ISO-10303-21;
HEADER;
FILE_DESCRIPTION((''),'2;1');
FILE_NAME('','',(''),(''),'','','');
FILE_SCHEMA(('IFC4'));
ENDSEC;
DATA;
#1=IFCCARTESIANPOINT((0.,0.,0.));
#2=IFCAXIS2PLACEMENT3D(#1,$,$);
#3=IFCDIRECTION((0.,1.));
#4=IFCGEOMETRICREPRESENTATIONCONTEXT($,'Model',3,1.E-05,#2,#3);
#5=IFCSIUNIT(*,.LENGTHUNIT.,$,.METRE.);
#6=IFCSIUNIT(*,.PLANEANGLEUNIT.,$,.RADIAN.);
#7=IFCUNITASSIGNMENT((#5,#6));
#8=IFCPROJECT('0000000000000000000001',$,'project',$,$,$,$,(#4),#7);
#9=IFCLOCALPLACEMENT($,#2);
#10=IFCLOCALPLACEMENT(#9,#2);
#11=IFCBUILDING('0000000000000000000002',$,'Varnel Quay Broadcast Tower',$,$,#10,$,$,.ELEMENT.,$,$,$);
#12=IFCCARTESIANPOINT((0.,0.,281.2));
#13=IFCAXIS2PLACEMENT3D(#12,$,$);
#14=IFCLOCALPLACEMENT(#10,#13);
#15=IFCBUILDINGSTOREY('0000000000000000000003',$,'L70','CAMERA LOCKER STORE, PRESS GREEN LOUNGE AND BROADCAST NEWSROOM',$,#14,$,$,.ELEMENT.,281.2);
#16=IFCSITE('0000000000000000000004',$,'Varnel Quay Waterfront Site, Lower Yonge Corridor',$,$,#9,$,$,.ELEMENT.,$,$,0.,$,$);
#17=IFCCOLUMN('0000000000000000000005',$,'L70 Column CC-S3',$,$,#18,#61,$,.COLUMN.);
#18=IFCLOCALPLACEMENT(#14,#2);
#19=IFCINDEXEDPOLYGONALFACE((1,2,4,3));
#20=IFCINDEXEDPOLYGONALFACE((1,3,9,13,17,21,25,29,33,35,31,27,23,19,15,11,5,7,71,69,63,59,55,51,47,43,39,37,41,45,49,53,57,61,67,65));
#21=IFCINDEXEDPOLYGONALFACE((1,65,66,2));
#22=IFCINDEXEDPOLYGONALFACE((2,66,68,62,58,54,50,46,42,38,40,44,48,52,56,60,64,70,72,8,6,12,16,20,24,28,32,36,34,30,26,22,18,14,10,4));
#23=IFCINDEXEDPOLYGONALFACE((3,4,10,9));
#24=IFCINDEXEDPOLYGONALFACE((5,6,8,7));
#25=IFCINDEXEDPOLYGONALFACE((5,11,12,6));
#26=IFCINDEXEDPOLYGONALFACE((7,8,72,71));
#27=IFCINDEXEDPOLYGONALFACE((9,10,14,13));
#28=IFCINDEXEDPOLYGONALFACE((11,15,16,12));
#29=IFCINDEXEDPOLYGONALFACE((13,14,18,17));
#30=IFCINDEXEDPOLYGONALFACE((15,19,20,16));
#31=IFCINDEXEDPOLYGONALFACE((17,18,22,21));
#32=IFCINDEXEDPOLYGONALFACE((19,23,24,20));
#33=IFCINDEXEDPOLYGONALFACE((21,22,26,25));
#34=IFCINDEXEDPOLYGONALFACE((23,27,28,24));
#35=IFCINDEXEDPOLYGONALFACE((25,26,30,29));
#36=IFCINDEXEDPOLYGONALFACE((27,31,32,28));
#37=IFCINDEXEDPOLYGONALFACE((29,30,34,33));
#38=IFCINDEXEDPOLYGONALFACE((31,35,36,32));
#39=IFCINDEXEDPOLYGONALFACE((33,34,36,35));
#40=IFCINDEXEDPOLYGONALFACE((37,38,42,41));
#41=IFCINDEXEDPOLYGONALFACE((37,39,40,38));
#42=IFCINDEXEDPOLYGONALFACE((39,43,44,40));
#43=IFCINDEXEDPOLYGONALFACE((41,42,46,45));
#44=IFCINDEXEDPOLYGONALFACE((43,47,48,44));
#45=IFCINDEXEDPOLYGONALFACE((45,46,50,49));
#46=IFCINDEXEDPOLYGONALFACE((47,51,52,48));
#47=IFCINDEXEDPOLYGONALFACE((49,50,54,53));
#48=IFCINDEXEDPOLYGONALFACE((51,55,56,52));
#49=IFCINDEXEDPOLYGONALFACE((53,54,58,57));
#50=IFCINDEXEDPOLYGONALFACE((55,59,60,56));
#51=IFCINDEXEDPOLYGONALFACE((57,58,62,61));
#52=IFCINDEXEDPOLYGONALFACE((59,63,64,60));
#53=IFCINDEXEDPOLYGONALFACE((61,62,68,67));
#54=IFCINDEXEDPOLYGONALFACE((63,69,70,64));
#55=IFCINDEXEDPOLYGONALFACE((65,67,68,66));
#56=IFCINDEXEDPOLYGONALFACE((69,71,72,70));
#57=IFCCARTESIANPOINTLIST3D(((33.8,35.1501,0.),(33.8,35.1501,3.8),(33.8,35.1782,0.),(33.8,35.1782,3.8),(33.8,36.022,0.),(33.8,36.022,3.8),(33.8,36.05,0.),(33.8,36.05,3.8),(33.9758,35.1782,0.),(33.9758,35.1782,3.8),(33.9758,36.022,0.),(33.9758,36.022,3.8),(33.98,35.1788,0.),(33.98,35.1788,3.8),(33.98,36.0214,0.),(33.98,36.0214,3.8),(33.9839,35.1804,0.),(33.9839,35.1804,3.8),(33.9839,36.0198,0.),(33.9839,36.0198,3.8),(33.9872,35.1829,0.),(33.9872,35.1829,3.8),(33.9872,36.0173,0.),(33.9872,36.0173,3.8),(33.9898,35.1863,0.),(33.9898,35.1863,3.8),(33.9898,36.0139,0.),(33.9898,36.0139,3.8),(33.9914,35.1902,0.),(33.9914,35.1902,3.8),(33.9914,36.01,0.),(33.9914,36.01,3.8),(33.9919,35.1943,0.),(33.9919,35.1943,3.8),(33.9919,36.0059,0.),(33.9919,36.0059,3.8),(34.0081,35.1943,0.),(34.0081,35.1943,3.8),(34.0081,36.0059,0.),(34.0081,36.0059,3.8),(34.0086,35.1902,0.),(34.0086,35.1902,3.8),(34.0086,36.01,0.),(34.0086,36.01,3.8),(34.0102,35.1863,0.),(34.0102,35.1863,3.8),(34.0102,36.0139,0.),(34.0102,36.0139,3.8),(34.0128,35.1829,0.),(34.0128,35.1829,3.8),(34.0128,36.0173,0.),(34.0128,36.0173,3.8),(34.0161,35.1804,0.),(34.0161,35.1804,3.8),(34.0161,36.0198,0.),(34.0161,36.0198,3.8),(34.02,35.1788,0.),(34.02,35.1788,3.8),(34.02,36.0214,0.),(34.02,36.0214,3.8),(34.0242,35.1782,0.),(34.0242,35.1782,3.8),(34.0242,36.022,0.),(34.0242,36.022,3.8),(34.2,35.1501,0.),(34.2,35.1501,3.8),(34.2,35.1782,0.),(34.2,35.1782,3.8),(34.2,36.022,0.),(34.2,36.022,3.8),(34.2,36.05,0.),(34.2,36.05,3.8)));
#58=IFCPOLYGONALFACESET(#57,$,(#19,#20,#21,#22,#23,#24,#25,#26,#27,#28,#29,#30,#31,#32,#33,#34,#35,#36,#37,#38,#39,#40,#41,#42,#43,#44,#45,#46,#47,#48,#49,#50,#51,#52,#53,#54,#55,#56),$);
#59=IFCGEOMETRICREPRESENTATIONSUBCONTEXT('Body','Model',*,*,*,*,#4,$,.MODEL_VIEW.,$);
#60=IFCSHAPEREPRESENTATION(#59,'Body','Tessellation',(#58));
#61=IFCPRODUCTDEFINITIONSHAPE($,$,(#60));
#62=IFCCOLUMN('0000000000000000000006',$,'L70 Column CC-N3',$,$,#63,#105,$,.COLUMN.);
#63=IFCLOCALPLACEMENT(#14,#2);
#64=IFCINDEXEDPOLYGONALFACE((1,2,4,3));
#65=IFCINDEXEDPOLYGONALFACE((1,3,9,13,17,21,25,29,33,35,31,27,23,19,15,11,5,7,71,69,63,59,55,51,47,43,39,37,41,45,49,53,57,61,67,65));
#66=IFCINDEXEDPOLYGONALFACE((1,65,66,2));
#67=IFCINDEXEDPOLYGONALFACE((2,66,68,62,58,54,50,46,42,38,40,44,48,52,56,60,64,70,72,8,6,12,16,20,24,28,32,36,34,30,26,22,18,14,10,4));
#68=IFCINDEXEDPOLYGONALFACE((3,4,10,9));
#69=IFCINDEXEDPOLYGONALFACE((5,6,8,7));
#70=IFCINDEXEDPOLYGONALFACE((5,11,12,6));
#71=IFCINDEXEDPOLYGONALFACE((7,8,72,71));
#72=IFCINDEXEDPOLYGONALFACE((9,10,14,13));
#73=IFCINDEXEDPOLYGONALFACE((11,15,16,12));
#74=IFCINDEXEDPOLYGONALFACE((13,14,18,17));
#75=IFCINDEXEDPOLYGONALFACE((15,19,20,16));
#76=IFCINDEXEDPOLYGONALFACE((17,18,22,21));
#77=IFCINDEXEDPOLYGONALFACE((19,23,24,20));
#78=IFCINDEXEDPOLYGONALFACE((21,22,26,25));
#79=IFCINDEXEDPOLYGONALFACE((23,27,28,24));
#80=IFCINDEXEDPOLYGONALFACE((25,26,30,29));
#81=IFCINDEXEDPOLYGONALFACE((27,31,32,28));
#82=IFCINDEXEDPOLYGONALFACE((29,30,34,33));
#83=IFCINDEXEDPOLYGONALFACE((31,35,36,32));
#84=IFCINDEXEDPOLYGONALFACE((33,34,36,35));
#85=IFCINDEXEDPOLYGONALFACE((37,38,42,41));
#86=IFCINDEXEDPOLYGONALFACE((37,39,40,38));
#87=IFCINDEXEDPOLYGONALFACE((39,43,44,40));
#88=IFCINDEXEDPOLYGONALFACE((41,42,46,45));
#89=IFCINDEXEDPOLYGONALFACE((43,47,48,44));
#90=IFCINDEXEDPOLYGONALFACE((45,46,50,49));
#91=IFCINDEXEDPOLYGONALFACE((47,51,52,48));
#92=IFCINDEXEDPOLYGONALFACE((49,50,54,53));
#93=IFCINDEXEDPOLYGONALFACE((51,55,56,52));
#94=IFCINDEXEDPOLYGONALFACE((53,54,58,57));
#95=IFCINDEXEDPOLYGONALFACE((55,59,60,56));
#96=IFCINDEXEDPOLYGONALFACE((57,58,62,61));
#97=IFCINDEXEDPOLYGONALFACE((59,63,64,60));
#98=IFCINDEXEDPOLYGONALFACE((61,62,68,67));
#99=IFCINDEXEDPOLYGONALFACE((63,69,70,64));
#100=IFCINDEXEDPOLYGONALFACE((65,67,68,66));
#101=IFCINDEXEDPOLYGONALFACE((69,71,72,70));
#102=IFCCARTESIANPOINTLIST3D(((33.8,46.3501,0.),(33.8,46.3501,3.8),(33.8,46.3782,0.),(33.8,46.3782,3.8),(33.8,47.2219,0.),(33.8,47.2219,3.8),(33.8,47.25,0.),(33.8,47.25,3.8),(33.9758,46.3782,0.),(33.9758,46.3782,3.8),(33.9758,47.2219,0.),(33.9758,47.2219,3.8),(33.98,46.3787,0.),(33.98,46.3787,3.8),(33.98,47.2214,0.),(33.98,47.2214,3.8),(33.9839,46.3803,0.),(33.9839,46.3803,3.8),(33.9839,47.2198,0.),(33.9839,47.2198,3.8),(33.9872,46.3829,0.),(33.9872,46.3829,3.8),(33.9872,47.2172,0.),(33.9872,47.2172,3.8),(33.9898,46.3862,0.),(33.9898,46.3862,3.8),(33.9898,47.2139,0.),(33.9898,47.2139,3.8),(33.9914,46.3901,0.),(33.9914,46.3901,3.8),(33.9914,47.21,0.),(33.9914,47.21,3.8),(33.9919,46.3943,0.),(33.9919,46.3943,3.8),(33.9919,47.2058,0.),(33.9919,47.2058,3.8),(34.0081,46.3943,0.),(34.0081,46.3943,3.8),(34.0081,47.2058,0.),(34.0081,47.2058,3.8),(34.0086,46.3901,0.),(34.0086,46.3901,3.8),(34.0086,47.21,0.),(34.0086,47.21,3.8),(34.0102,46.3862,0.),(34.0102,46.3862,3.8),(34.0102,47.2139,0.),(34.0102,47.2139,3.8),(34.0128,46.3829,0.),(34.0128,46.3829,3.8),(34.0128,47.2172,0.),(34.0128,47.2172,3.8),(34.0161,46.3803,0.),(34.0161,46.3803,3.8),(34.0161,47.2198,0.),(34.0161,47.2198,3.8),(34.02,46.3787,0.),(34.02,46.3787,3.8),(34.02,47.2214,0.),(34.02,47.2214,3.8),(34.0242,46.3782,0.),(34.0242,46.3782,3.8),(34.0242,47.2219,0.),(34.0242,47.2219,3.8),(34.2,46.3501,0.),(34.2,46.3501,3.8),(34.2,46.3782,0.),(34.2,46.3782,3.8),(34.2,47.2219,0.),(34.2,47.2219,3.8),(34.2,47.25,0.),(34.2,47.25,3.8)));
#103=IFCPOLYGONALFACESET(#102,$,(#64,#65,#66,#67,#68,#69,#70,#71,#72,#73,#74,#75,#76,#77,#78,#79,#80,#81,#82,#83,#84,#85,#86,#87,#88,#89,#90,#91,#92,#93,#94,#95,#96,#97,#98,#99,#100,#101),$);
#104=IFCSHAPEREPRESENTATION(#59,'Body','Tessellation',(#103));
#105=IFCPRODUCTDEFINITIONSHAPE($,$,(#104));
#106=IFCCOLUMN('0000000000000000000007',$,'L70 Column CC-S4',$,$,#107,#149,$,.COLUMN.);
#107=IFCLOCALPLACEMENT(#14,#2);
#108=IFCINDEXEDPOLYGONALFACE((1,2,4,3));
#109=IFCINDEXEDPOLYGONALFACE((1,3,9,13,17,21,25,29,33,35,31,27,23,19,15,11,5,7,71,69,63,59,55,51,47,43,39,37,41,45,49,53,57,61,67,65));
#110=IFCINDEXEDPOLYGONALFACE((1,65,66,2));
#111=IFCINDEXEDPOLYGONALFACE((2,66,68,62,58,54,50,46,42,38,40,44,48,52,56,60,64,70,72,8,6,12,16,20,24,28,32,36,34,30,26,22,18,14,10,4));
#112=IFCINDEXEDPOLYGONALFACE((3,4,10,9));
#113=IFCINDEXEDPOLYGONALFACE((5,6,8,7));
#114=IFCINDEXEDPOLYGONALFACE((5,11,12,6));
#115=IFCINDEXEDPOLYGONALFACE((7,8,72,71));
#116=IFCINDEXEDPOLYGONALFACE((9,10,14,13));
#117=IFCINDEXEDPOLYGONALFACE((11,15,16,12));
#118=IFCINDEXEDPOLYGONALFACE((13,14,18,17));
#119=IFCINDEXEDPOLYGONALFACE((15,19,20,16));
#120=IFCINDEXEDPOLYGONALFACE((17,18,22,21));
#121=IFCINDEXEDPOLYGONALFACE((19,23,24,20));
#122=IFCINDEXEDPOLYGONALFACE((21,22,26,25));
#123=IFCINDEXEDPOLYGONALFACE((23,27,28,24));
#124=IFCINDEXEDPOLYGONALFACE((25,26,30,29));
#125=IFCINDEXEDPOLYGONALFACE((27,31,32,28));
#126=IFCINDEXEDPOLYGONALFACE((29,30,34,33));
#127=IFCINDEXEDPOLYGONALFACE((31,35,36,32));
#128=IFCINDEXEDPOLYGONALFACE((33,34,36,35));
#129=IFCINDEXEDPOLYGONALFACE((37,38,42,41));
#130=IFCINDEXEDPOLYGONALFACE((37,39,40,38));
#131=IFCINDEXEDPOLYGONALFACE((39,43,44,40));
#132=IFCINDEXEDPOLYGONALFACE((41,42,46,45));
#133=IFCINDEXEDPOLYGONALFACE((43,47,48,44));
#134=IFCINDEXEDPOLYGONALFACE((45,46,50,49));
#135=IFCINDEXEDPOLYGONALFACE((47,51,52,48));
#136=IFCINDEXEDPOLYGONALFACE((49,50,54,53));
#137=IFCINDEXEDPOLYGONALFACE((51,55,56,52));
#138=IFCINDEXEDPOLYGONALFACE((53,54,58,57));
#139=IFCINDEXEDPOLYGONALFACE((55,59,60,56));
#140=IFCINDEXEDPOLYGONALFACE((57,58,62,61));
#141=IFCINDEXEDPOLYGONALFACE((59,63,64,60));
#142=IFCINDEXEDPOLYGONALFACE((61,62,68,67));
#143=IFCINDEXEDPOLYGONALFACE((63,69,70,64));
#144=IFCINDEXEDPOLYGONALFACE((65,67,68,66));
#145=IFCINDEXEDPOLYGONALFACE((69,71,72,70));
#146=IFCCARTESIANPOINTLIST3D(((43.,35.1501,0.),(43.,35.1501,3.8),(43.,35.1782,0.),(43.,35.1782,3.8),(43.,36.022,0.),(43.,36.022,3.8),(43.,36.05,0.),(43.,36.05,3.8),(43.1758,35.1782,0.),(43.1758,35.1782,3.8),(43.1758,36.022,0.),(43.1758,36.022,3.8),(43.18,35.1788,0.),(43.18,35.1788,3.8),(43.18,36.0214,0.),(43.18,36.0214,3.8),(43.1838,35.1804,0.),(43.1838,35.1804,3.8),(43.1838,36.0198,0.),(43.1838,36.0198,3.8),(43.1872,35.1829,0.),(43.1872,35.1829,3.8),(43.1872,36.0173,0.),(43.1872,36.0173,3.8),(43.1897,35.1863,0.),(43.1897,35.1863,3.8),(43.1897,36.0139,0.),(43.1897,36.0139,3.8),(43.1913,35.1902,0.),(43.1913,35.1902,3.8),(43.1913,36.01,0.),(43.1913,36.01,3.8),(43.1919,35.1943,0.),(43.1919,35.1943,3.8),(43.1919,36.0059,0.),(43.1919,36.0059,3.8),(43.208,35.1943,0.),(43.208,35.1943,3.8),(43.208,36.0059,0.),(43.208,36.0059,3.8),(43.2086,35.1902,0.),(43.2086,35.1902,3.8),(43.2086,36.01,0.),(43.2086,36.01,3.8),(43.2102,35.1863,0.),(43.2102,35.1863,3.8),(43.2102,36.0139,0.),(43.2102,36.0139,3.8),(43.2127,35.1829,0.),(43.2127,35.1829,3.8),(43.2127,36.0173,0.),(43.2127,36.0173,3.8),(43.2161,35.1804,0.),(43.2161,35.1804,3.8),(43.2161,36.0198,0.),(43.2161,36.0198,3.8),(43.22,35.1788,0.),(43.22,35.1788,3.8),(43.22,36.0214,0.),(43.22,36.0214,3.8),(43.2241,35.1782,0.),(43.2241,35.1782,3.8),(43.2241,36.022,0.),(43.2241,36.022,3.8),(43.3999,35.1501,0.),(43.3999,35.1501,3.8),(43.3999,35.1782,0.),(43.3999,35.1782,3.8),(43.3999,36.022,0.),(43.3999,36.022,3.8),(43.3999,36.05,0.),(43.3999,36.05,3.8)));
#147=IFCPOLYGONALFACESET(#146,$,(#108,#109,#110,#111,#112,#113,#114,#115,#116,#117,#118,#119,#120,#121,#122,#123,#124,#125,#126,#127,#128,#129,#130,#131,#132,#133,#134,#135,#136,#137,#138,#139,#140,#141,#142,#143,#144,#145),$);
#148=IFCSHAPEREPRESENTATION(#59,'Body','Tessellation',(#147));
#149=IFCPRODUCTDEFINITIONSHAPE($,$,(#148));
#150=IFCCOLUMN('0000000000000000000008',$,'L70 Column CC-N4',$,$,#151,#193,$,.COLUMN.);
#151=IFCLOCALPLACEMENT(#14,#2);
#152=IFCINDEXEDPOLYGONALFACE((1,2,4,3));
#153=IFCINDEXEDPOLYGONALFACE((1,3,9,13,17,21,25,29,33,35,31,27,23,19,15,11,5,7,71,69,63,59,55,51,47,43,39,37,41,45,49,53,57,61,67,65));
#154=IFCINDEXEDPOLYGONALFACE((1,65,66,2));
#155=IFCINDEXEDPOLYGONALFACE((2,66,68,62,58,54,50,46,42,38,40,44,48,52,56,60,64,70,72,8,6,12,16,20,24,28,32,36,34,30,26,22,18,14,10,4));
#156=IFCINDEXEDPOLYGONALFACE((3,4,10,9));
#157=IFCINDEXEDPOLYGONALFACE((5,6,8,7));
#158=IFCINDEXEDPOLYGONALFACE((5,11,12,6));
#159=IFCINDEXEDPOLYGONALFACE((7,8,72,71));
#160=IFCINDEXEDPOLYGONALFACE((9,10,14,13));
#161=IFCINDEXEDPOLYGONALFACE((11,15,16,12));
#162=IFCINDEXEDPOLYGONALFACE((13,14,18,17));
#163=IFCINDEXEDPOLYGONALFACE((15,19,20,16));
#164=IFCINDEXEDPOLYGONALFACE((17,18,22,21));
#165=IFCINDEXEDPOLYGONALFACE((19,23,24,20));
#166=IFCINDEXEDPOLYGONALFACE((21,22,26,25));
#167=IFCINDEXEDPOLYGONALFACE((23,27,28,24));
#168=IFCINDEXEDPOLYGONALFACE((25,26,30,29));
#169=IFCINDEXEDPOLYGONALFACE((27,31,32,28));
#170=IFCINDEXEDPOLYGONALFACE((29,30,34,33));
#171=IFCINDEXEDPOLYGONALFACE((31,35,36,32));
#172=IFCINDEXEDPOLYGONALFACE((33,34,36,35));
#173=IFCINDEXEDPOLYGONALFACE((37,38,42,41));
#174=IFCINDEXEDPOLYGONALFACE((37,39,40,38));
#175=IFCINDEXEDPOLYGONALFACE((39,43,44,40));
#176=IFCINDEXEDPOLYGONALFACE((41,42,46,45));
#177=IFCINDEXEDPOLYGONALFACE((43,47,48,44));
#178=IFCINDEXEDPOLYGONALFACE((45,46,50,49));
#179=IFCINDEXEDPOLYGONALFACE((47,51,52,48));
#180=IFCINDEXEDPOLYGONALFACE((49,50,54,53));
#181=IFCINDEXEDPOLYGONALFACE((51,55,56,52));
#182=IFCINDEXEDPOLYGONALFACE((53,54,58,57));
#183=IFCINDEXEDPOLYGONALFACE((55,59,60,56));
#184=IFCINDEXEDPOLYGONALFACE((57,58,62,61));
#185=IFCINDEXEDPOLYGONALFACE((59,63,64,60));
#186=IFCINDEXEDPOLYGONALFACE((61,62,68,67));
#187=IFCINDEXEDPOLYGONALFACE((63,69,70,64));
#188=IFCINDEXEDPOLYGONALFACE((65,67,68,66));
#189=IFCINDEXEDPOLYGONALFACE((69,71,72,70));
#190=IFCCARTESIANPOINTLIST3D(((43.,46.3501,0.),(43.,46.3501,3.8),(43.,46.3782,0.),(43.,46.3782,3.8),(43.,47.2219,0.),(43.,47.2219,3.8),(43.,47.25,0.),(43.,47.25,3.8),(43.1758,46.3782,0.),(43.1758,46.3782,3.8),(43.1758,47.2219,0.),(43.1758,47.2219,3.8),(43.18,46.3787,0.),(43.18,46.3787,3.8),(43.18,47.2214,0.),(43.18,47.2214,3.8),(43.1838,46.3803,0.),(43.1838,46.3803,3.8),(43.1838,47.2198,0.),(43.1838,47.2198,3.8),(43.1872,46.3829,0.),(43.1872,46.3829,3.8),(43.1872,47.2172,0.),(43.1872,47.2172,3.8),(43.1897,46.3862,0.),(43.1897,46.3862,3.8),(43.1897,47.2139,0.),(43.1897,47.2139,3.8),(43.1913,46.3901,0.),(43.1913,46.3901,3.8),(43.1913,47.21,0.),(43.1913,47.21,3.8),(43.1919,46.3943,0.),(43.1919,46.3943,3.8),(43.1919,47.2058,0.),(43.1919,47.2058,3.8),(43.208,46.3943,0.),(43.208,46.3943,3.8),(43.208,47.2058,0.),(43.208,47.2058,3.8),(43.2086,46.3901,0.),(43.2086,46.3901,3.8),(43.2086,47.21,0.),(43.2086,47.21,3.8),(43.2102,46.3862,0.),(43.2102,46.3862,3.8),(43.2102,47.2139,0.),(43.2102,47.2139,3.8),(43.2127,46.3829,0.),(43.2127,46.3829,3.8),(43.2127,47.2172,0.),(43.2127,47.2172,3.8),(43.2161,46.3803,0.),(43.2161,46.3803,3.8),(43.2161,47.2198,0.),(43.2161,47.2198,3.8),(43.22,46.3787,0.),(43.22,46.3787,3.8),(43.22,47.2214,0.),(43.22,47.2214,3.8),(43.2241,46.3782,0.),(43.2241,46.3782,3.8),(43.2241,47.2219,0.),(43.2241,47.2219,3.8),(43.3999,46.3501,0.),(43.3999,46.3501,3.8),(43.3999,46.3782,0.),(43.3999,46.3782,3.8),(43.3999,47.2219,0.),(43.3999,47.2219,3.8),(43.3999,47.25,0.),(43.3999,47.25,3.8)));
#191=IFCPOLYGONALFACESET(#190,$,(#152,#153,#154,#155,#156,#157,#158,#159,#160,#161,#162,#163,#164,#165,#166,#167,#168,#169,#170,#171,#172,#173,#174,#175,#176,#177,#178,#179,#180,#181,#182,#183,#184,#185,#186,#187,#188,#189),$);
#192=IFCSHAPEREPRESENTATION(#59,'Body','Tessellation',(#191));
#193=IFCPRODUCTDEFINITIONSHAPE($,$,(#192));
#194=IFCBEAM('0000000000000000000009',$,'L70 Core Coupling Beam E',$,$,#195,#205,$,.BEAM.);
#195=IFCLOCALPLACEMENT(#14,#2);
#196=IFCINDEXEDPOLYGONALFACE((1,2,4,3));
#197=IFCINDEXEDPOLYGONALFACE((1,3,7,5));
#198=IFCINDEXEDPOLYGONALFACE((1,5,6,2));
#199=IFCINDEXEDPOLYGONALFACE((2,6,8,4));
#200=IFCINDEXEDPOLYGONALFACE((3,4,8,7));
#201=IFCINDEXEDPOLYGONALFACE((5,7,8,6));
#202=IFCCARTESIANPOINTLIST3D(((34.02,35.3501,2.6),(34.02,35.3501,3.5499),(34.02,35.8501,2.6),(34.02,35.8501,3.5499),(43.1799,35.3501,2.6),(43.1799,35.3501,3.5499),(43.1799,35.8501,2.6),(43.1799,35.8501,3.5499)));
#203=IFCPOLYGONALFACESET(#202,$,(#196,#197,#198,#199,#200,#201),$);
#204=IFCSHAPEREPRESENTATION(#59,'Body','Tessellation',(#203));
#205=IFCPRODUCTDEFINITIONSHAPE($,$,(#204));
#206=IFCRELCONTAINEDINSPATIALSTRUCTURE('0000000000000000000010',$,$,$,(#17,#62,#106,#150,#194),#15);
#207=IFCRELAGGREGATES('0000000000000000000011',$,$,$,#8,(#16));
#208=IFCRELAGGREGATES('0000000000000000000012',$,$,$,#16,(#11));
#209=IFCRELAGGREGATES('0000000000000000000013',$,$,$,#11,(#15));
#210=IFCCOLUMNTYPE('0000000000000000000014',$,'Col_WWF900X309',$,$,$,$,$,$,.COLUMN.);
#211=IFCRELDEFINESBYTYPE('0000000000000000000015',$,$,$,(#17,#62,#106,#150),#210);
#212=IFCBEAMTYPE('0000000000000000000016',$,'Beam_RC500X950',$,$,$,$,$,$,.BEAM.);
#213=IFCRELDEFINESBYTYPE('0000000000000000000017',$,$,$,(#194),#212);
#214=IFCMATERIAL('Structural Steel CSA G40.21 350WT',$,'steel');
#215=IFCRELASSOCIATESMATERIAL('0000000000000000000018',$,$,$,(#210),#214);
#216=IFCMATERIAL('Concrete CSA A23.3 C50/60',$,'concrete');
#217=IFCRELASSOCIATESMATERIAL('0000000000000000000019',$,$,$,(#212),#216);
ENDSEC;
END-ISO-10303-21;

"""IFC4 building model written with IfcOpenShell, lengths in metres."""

from ifc_helpers import new_model, si_unit, direction, frame, origin, origin_2d, place, context, subcontext, project, spatial, rectangle, i_section, extrude, source, transform, mapped, material, material_profile, profile_set, type_object, type_shapes, element, save


model = new_model("IFC4")

# Units and contexts
model_context = context("Model", 3, precision=1e-05, world=origin(), true_north=direction((0.0, 1.0)))
body_context = subcontext(model_context, "Body", "Model", "MODEL_VIEW")
ifc_project = project(units=[si_unit("LENGTHUNIT", "METRE"), si_unit("PLANEANGLEUNIT", "RADIAN")], contexts=[model_context])

# Site, building, storey
site_placement = place(None, origin())
site = spatial("IfcSite", under=ifc_project, at=site_placement, Name="Varnel Quay Waterfront Site, Lower Yonge Corridor", CompositionType="ELEMENT", RefElevation=0.0)
building_placement = place(site_placement, origin())
building = spatial("IfcBuilding", under=site, at=building_placement, Name="Varnel Quay Broadcast Tower", CompositionType="ELEMENT")
storey_placement = place(building_placement, frame((0.0, 0.0, 281.2)))
storey = spatial("IfcBuildingStorey", under=building, at=storey_placement, Name="L70", Description="CAMERA LOCKER STORE, PRESS GREEN LOUNGE AND BROADCAST NEWSROOM", CompositionType="ELEMENT", Elevation=281.2)

# Columns
ifc_material_1 = material(Name="Structural Steel CSA G40.21 350WT", Category="steel")
ifc_material_profile_1 = material_profile(ifc_material_1, i_section(OverallWidth=0.3999, OverallDepth=0.8999, WebThickness=0.0161, FlangeThickness=0.0281, FilletRadius=0.0161, at=origin_2d()), Name="WWF900X309")
ifc_profile_set_1 = profile_set([ifc_material_profile_1], Name="Structural Steel CSA G40.21 350WT")
column_type = type_object("IfcColumnType", Name="Col_WWF900X309", PredefinedType="COLUMN", material=ifc_profile_set_1)
shared_shape_1 = source(origin(), body_context, "Body", "SweptSolid", [
    extrude(i_section(OverallWidth=0.3999, OverallDepth=0.8999, WebThickness=0.0161, FlangeThickness=0.0281, FilletRadius=0.0161, at=origin_2d()), origin(), (0.0, 0.0, 1.0), 3.8),
])
type_shapes(column_type, [shared_shape_1])
for number, where, z_axis, x_axis, name in (
    (1, (34.0, 35.6001, 0.0), (0.0, 0.0, 1.0), (1.0, 0.0, 0.0), "L70 Column CC-S3"),
    (2, (34.0, 46.8, 0.0), (0.0, 0.0, 1.0), (1.0, 0.0, 0.0), "L70 Column CC-N3"),
    (3, (43.2, 35.6001, 0.0), (0.0, 0.0, 1.0), (1.0, 0.0, 0.0), "L70 Column CC-S4"),
    (4, (43.2, 46.8, 0.0), (0.0, 0.0, 1.0), (1.0, 0.0, 0.0), "L70 Column CC-N4"),
):
    element("IfcColumn", number, at=place(storey_placement, frame(where, z_axis=z_axis, x_axis=x_axis)), inside=storey, type_object=column_type, Name=name, PredefinedType="COLUMN", context=body_context, shape_type="MappedRepresentation", body=[
        mapped(shared_shape_1, transform((0.0, 0.0, 0.0), x_axis=(1.0, 0.0, 0.0), y_axis=(0.0, 1.0, 0.0), z_axis=(0.0, 0.0, 1.0), scale=1.0)),
    ])

# Beam
ifc_material_2 = material(Name="Concrete CSA A23.3 C50/60", Category="concrete")
ifc_material_profile_2 = material_profile(ifc_material_2, rectangle(XDim=0.5, YDim=0.95, at=origin_2d()), Name="RC500X950")
ifc_profile_set_2 = profile_set([ifc_material_profile_2], Name="Concrete CSA A23.3 C50/60")
beam_type_1 = type_object("IfcBeamType", Name="Beam_RC500X950", PredefinedType="BEAM", material=ifc_profile_set_2)
shared_shape_2 = source(origin(), body_context, "Body", "SweptSolid", [
    extrude(rectangle(XDim=0.5, YDim=0.95, at=origin_2d()), origin(), (0.0, 0.0, 1.0), 9.1599),
])
type_shapes(beam_type_1, [shared_shape_2])
beam_1_placement = place(storey_placement, frame((34.02, 35.6001, 3.075), z_axis=(1.0, 0.0, 0.0), x_axis=(0.0, 1.0, 0.0)))
element("IfcBeam", 5, at=beam_1_placement, inside=storey, type_object=beam_type_1, Name="L70 Core Coupling Beam E", PredefinedType="BEAM", context=body_context, shape_type="MappedRepresentation", body=[
    mapped(shared_shape_2, transform((0.0, 0.0, 0.0), x_axis=(1.0, 0.0, 0.0), y_axis=(0.0, 1.0, 0.0), z_axis=(0.0, 0.0, 1.0), scale=1.0)),
])

save(model, "model.ifc")
